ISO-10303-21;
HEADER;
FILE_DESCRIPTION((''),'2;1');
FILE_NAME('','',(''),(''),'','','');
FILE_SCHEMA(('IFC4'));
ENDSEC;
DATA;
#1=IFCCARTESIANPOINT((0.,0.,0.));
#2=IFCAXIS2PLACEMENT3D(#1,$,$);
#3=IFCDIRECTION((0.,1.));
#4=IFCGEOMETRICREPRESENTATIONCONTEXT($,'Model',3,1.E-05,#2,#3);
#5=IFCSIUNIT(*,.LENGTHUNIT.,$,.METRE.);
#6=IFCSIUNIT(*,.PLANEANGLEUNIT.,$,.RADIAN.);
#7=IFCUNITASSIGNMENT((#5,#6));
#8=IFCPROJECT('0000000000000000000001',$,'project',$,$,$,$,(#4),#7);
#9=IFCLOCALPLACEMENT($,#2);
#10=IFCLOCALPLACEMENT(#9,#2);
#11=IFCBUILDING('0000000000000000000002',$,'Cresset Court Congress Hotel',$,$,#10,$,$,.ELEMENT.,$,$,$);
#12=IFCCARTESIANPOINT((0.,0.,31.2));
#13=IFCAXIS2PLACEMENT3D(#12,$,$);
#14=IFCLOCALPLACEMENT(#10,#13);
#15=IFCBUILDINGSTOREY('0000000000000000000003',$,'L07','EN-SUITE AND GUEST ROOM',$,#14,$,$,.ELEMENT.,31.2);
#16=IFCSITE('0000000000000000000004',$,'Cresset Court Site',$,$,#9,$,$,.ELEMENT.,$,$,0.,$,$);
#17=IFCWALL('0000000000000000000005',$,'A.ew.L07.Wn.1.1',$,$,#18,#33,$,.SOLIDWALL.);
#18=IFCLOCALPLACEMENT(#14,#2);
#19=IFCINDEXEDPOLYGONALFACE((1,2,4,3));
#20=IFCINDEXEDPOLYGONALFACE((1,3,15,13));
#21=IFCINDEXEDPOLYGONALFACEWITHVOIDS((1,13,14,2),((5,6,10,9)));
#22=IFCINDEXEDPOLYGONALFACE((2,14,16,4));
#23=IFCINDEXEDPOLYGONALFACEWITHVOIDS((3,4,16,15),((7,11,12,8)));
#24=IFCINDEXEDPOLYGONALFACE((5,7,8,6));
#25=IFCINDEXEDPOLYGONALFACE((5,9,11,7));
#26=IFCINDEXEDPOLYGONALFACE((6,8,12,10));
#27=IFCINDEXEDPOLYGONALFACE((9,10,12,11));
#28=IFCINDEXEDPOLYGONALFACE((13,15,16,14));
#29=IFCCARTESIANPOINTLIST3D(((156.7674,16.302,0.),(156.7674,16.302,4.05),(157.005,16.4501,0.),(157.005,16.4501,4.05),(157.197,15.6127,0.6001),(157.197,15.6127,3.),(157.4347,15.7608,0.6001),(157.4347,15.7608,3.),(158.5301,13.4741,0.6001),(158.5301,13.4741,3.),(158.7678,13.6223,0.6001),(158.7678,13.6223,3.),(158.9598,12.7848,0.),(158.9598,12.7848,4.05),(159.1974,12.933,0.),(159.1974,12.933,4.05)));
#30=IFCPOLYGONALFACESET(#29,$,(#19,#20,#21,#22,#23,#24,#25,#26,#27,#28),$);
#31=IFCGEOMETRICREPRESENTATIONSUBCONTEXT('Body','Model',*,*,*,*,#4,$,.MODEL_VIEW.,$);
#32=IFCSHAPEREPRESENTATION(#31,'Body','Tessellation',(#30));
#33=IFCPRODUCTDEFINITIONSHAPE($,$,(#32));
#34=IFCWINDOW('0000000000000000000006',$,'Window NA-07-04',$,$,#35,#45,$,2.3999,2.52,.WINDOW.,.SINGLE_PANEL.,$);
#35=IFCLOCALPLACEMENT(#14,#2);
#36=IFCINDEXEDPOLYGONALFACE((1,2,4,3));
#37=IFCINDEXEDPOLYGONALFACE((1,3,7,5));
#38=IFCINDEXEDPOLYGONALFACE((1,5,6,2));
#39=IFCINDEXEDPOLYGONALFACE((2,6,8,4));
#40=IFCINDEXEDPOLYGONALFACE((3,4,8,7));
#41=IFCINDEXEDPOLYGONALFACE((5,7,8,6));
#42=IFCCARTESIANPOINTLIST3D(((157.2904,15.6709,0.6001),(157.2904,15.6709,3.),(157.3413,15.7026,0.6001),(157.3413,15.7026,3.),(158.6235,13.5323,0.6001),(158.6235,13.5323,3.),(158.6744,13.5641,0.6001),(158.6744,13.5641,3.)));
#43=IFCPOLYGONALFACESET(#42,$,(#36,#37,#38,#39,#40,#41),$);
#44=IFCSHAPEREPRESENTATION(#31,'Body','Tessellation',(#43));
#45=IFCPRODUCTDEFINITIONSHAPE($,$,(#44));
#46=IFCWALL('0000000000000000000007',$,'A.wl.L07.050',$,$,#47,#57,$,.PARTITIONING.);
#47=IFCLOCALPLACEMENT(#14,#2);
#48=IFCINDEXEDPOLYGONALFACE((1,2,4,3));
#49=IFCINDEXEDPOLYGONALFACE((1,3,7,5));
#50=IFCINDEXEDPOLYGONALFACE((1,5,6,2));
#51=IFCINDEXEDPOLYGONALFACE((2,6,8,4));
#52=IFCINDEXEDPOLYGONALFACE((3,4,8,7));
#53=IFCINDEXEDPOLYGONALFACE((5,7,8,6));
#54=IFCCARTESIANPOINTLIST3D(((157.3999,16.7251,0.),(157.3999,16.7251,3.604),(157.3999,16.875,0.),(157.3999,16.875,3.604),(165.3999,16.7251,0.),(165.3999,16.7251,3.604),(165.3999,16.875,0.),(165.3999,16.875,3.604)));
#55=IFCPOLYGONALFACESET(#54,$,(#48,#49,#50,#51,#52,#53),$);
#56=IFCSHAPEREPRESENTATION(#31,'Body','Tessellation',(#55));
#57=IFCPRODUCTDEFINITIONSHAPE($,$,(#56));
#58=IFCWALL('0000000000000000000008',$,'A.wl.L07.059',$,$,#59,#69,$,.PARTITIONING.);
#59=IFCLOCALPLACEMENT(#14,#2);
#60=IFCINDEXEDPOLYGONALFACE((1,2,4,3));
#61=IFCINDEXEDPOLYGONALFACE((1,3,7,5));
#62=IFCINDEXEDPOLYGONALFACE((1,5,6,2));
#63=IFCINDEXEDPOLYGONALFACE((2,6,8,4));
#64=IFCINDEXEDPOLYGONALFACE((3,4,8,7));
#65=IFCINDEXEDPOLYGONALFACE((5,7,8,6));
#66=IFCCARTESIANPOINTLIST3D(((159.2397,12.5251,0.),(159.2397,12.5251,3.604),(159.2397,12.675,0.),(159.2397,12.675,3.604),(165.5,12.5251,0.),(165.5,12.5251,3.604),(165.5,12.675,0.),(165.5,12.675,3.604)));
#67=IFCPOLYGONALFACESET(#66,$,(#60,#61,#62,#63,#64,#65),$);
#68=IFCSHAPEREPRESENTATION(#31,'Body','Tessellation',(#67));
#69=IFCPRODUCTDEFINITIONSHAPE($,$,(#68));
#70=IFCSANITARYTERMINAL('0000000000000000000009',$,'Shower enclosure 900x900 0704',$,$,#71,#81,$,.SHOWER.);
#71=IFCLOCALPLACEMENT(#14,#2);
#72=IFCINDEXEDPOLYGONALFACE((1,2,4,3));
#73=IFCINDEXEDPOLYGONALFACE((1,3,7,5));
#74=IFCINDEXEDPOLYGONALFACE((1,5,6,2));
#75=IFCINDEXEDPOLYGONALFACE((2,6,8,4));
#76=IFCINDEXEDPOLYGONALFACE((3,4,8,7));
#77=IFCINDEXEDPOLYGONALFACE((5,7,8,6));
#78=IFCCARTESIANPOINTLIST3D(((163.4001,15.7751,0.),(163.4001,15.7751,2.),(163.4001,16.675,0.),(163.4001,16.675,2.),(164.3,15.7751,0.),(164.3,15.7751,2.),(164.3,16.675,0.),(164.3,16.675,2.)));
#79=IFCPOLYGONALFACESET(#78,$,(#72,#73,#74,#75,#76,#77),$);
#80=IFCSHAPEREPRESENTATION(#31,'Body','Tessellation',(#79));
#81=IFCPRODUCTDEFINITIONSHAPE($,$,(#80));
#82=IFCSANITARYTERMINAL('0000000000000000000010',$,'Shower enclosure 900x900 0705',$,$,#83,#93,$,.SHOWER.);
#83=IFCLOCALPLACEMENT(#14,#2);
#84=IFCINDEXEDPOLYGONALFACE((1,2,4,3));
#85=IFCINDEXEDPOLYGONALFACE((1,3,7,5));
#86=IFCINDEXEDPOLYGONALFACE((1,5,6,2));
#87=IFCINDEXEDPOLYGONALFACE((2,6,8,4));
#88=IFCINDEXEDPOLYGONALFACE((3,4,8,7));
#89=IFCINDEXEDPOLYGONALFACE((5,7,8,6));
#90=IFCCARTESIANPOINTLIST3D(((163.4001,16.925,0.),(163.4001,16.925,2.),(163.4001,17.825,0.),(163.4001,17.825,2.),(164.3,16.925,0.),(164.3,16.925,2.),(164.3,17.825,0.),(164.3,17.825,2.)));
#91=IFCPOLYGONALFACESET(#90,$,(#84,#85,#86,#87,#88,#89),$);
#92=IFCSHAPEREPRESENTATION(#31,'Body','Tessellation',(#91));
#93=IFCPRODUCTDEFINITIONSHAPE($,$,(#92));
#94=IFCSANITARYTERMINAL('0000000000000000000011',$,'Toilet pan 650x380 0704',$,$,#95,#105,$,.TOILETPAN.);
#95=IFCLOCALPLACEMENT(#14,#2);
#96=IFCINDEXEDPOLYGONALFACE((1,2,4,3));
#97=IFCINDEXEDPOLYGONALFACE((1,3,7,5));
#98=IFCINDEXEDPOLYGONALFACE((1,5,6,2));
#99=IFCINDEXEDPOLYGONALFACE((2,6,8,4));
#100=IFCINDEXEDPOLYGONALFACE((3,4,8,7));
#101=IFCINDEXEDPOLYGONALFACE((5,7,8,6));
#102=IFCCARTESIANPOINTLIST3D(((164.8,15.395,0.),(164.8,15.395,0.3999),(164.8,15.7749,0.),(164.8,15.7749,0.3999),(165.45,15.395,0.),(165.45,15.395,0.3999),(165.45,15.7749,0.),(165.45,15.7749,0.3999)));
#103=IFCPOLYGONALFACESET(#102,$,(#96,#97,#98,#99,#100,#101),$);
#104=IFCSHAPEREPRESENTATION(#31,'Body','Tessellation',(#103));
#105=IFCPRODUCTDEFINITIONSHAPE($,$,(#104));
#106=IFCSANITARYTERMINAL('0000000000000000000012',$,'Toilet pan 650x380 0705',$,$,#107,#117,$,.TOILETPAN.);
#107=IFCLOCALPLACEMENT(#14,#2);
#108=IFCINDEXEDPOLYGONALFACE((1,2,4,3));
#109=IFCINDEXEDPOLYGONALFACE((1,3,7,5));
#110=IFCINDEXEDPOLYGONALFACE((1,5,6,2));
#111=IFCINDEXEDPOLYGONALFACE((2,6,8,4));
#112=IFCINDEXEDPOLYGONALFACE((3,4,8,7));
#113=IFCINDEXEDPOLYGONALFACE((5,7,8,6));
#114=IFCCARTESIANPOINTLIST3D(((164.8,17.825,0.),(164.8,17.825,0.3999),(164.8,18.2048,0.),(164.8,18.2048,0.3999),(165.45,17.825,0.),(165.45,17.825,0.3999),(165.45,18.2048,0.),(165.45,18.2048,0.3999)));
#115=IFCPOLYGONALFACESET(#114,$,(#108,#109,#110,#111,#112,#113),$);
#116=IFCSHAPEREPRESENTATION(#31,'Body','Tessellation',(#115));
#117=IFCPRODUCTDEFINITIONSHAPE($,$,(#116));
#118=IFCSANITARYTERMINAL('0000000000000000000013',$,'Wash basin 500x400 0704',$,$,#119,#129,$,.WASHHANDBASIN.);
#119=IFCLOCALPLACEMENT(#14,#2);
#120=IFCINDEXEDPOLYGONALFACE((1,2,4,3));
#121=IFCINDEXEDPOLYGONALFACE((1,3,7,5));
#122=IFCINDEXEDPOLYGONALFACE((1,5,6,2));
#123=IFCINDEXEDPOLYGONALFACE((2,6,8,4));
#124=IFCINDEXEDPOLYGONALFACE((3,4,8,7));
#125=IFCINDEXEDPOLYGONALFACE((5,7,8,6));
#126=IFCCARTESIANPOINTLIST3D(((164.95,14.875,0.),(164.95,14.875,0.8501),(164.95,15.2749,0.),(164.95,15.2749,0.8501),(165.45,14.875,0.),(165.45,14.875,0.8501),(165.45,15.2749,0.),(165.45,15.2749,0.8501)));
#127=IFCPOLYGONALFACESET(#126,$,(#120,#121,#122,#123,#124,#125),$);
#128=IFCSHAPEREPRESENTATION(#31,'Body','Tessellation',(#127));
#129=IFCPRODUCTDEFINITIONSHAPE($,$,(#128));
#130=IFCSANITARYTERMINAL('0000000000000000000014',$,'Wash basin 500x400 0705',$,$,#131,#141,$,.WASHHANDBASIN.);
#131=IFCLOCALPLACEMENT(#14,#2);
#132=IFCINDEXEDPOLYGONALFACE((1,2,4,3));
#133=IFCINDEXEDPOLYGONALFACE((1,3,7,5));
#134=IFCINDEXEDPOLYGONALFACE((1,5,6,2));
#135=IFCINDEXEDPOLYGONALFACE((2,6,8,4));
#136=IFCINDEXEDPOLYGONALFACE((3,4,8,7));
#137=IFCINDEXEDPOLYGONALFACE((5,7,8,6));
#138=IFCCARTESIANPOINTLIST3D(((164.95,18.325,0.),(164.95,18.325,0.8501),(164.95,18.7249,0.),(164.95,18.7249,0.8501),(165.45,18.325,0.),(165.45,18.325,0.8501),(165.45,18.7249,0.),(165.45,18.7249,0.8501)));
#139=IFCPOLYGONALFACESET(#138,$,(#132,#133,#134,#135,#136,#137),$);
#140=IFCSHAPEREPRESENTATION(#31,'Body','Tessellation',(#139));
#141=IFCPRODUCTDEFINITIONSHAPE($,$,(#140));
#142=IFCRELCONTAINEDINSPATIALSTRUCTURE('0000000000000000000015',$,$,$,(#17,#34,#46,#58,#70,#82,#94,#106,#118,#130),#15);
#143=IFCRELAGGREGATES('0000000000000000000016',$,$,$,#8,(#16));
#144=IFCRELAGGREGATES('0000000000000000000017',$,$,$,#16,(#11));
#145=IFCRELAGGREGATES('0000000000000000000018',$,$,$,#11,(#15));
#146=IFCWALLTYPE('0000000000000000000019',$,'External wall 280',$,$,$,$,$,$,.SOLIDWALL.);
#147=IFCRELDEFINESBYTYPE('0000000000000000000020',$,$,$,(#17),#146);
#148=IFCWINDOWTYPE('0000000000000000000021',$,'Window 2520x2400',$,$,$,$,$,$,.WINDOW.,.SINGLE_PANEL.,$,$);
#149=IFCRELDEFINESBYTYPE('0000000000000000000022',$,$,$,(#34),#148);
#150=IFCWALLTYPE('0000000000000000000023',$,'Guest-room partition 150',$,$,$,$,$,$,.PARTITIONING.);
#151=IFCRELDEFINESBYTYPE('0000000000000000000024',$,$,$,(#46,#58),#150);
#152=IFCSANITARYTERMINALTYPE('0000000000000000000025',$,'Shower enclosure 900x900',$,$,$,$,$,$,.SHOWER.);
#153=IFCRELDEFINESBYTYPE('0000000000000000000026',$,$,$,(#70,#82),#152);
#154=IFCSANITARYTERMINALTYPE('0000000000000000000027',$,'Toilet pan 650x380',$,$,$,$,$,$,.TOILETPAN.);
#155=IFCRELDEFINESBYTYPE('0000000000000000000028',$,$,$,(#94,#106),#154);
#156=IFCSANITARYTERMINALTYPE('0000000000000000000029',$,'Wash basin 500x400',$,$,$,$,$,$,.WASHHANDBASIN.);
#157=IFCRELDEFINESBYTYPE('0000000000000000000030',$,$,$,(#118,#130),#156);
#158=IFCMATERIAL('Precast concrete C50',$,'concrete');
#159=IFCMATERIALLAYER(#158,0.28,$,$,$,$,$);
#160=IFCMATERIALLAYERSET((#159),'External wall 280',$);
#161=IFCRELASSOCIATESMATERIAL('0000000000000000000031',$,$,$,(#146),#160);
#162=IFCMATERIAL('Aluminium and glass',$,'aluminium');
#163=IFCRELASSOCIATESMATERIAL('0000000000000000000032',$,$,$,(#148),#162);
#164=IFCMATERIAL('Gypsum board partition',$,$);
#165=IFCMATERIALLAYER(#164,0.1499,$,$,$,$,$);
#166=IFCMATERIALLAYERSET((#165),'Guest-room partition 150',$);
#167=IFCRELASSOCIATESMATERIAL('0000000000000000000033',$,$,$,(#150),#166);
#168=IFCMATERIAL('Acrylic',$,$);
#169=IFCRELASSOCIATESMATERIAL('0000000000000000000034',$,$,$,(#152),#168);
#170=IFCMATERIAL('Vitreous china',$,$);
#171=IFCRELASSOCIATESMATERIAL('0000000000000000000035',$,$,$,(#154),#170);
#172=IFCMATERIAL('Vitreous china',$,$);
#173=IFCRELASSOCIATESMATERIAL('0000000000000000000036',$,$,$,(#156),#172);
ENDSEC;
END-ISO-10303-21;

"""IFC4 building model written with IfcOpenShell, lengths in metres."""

from ifc_helpers import new_model, si_unit, direction, frame, frame_2d, origin, origin_2d, place, context, subcontext, project, spatial, rectangle, extrude, material, layer, layer_set, type_object, element, fill, save


model = new_model("IFC4")

# Units and contexts
model_context = context("Model", 3, precision=1e-05, world=origin(), true_north=direction((0.0, 1.0)))
body_context = subcontext(model_context, "Body", "Model", "MODEL_VIEW")
ifc_project = project(units=[si_unit("LENGTHUNIT", "METRE"), si_unit("PLANEANGLEUNIT", "RADIAN")], contexts=[model_context])

# Site, building, storey
site_placement = place(None, origin())
site = spatial("IfcSite", under=ifc_project, at=site_placement, Name="Cresset Court Site", CompositionType="ELEMENT", RefElevation=0.0)
building_placement = place(site_placement, origin())
building = spatial("IfcBuilding", under=site, at=building_placement, Name="Cresset Court Congress Hotel", CompositionType="ELEMENT")
storey_placement = place(building_placement, frame((0.0, 0.0, 31.2)))
storey = spatial("IfcBuildingStorey", under=building, at=storey_placement, Name="L07", Description="EN-SUITE AND GUEST ROOM", CompositionType="ELEMENT", Elevation=31.2)

# Wall, opening, window
ifc_material_1 = material(Name="Precast concrete C50", Category="concrete")
ifc_layer_1 = layer(ifc_material_1, 0.28)
ifc_layer_set_1 = layer_set([ifc_layer_1], Name="External wall 280")
wall_type_1 = type_object("IfcWallType", Name="External wall 280", PredefinedType="SOLIDWALL", material=ifc_layer_set_1)
wall_1_placement = place(storey_placement, frame((159.0786, 12.8589, 0.0), z_axis=(0.0, 0.0, 1.0), x_axis=(-0.528993, 0.848626, 0.0)))
wall_1 = element("IfcWall", 1, at=wall_1_placement, inside=storey, type_object=wall_type_1, Name="A.ew.L07.Wn.1.1", PredefinedType="SOLIDWALL", context=body_context, shape_type="SweptSolid", body=[
    extrude(rectangle(XDim=4.1445, YDim=0.28, at=frame_2d((2.0723, 0.0))), origin(), (0.0, 0.0, 1.0), 4.05),
])
opening_1_placement = place(wall_1_placement, frame((0.8123, 0.0, 0.6001)))
opening_1 = element("IfcOpeningElement", 2, at=opening_1_placement, cuts=wall_1, PredefinedType="OPENING", context=body_context, shape_type="SweptSolid", body=[
    extrude(rectangle(XDim=2.52, YDim=2.3999, at=frame_2d((1.26, 1.2))), frame((0.0, 0.1499, 0.0), z_axis=(0.0, -1.0, 0.0), x_axis=(1.0, 0.0, 0.0)), (0.0, 0.0, 1.0), 0.3),
])
ifc_material_2 = material(Name="Aluminium and glass", Category="aluminium")
window_type = type_object("IfcWindowType", Name="Window 2520x2400", PartitioningType="SINGLE_PANEL", PredefinedType="WINDOW", material=ifc_material_2)
window_placement = place(opening_1_placement, origin())
window = element("IfcWindow", 3, at=window_placement, inside=storey, type_object=window_type, Name="Window NA-07-04", OverallHeight=2.3999, OverallWidth=2.52, PartitioningType="SINGLE_PANEL", PredefinedType="WINDOW", context=body_context, shape_type="SweptSolid", body=[
    extrude(rectangle(XDim=2.52, YDim=2.3999, at=frame_2d((1.26, 1.2))), frame((0.0, 0.03, 0.0), z_axis=(0.0, -1.0, 0.0), x_axis=(1.0, 0.0, 0.0)), (0.0, 0.0, 1.0), 0.0601),
])
fill(opening_1, window)

# Walls
ifc_material_3 = material(Name="Gypsum board partition")
ifc_layer_2 = layer(ifc_material_3, 0.1499)
ifc_layer_set_2 = layer_set([ifc_layer_2], Name="Guest-room partition 150")
wall_type_2 = type_object("IfcWallType", Name="Guest-room partition 150", PredefinedType="PARTITIONING", material=ifc_layer_set_2)
wall_2_placement = place(storey_placement, frame((157.3999, 16.8, 0.0), z_axis=(0.0, 0.0, 1.0), x_axis=(1.0, 0.0, 0.0)))
element("IfcWall", 4, at=wall_2_placement, inside=storey, type_object=wall_type_2, Name="A.wl.L07.050", PredefinedType="PARTITIONING", context=body_context, shape_type="SweptSolid", body=[
    extrude(rectangle(XDim=8.0, YDim=0.1499, at=frame_2d((4.0, 0.0))), origin(), (0.0, 0.0, 1.0), 3.604),
])
wall_3_placement = place(storey_placement, frame((159.2397, 12.6001, 0.0), z_axis=(0.0, 0.0, 1.0), x_axis=(1.0, 0.0, 0.0)))
element("IfcWall", 5, at=wall_3_placement, inside=storey, type_object=wall_type_2, Name="A.wl.L07.059", PredefinedType="PARTITIONING", context=body_context, shape_type="SweptSolid", body=[
    extrude(rectangle(XDim=6.2603, YDim=0.1499, at=frame_2d((3.1301, 0.0))), origin(), (0.0, 0.0, 1.0), 3.604),
])

# Sanitary terminals
ifc_material_4 = material(Name="Acrylic")
sanitary_terminal_type_1 = type_object("IfcSanitaryTerminalType", Name="Shower enclosure 900x900", PredefinedType="SHOWER", material=ifc_material_4)
for number, where, z_axis, x_axis, name in (
    (6, (163.8501, 16.2251, 0.0), (0.0, 0.0, 1.0), (1.0, 0.0, 0.0), "Shower enclosure 900x900 0704"),
    (7, (163.8501, 17.375, 0.0), (0.0, 0.0, 1.0), (1.0, 0.0, 0.0), "Shower enclosure 900x900 0705"),
):
    element("IfcSanitaryTerminal", number, at=place(storey_placement, frame(where, z_axis=z_axis, x_axis=x_axis)), inside=storey, type_object=sanitary_terminal_type_1, Name=name, PredefinedType="SHOWER", context=body_context, shape_type="SweptSolid", body=[
        extrude(rectangle(XDim=0.8999, YDim=0.8999, at=origin_2d()), origin(), (0.0, 0.0, 1.0), 2.0),
    ])
ifc_material_5 = material(Name="Vitreous china")
sanitary_terminal_type_2 = type_object("IfcSanitaryTerminalType", Name="Toilet pan 650x380", PredefinedType="TOILETPAN", material=ifc_material_5)
for number, where, z_axis, x_axis, name in (
    (8, (165.125, 15.585, 0.0), (0.0, 0.0, 1.0), (1.0, 0.0, 0.0), "Toilet pan 650x380 0704"),
    (9, (165.125, 18.0149, 0.0), (0.0, 0.0, 1.0), (1.0, 0.0, 0.0), "Toilet pan 650x380 0705"),
):
    element("IfcSanitaryTerminal", number, at=place(storey_placement, frame(where, z_axis=z_axis, x_axis=x_axis)), inside=storey, type_object=sanitary_terminal_type_2, Name=name, PredefinedType="TOILETPAN", context=body_context, shape_type="SweptSolid", body=[
        extrude(rectangle(XDim=0.6499, YDim=0.3799, at=origin_2d()), origin(), (0.0, 0.0, 1.0), 0.3999),
    ])
ifc_material_6 = material(Name="Vitreous china")
sanitary_terminal_type_3 = type_object("IfcSanitaryTerminalType", Name="Wash basin 500x400", PredefinedType="WASHHANDBASIN", material=ifc_material_6)
for number, where, z_axis, x_axis, name in (
    (10, (165.2, 15.075, 0.0), (0.0, 0.0, 1.0), (1.0, 0.0, 0.0), "Wash basin 500x400 0704"),
    (11, (165.2, 18.5249, 0.0), (0.0, 0.0, 1.0), (1.0, 0.0, 0.0), "Wash basin 500x400 0705"),
):
    element("IfcSanitaryTerminal", number, at=place(storey_placement, frame(where, z_axis=z_axis, x_axis=x_axis)), inside=storey, type_object=sanitary_terminal_type_3, Name=name, PredefinedType="WASHHANDBASIN", context=body_context, shape_type="SweptSolid", body=[
        extrude(rectangle(XDim=0.5, YDim=0.3999, at=origin_2d()), origin(), (0.0, 0.0, 1.0), 0.8501),
    ])

save(model, "model.ifc")
